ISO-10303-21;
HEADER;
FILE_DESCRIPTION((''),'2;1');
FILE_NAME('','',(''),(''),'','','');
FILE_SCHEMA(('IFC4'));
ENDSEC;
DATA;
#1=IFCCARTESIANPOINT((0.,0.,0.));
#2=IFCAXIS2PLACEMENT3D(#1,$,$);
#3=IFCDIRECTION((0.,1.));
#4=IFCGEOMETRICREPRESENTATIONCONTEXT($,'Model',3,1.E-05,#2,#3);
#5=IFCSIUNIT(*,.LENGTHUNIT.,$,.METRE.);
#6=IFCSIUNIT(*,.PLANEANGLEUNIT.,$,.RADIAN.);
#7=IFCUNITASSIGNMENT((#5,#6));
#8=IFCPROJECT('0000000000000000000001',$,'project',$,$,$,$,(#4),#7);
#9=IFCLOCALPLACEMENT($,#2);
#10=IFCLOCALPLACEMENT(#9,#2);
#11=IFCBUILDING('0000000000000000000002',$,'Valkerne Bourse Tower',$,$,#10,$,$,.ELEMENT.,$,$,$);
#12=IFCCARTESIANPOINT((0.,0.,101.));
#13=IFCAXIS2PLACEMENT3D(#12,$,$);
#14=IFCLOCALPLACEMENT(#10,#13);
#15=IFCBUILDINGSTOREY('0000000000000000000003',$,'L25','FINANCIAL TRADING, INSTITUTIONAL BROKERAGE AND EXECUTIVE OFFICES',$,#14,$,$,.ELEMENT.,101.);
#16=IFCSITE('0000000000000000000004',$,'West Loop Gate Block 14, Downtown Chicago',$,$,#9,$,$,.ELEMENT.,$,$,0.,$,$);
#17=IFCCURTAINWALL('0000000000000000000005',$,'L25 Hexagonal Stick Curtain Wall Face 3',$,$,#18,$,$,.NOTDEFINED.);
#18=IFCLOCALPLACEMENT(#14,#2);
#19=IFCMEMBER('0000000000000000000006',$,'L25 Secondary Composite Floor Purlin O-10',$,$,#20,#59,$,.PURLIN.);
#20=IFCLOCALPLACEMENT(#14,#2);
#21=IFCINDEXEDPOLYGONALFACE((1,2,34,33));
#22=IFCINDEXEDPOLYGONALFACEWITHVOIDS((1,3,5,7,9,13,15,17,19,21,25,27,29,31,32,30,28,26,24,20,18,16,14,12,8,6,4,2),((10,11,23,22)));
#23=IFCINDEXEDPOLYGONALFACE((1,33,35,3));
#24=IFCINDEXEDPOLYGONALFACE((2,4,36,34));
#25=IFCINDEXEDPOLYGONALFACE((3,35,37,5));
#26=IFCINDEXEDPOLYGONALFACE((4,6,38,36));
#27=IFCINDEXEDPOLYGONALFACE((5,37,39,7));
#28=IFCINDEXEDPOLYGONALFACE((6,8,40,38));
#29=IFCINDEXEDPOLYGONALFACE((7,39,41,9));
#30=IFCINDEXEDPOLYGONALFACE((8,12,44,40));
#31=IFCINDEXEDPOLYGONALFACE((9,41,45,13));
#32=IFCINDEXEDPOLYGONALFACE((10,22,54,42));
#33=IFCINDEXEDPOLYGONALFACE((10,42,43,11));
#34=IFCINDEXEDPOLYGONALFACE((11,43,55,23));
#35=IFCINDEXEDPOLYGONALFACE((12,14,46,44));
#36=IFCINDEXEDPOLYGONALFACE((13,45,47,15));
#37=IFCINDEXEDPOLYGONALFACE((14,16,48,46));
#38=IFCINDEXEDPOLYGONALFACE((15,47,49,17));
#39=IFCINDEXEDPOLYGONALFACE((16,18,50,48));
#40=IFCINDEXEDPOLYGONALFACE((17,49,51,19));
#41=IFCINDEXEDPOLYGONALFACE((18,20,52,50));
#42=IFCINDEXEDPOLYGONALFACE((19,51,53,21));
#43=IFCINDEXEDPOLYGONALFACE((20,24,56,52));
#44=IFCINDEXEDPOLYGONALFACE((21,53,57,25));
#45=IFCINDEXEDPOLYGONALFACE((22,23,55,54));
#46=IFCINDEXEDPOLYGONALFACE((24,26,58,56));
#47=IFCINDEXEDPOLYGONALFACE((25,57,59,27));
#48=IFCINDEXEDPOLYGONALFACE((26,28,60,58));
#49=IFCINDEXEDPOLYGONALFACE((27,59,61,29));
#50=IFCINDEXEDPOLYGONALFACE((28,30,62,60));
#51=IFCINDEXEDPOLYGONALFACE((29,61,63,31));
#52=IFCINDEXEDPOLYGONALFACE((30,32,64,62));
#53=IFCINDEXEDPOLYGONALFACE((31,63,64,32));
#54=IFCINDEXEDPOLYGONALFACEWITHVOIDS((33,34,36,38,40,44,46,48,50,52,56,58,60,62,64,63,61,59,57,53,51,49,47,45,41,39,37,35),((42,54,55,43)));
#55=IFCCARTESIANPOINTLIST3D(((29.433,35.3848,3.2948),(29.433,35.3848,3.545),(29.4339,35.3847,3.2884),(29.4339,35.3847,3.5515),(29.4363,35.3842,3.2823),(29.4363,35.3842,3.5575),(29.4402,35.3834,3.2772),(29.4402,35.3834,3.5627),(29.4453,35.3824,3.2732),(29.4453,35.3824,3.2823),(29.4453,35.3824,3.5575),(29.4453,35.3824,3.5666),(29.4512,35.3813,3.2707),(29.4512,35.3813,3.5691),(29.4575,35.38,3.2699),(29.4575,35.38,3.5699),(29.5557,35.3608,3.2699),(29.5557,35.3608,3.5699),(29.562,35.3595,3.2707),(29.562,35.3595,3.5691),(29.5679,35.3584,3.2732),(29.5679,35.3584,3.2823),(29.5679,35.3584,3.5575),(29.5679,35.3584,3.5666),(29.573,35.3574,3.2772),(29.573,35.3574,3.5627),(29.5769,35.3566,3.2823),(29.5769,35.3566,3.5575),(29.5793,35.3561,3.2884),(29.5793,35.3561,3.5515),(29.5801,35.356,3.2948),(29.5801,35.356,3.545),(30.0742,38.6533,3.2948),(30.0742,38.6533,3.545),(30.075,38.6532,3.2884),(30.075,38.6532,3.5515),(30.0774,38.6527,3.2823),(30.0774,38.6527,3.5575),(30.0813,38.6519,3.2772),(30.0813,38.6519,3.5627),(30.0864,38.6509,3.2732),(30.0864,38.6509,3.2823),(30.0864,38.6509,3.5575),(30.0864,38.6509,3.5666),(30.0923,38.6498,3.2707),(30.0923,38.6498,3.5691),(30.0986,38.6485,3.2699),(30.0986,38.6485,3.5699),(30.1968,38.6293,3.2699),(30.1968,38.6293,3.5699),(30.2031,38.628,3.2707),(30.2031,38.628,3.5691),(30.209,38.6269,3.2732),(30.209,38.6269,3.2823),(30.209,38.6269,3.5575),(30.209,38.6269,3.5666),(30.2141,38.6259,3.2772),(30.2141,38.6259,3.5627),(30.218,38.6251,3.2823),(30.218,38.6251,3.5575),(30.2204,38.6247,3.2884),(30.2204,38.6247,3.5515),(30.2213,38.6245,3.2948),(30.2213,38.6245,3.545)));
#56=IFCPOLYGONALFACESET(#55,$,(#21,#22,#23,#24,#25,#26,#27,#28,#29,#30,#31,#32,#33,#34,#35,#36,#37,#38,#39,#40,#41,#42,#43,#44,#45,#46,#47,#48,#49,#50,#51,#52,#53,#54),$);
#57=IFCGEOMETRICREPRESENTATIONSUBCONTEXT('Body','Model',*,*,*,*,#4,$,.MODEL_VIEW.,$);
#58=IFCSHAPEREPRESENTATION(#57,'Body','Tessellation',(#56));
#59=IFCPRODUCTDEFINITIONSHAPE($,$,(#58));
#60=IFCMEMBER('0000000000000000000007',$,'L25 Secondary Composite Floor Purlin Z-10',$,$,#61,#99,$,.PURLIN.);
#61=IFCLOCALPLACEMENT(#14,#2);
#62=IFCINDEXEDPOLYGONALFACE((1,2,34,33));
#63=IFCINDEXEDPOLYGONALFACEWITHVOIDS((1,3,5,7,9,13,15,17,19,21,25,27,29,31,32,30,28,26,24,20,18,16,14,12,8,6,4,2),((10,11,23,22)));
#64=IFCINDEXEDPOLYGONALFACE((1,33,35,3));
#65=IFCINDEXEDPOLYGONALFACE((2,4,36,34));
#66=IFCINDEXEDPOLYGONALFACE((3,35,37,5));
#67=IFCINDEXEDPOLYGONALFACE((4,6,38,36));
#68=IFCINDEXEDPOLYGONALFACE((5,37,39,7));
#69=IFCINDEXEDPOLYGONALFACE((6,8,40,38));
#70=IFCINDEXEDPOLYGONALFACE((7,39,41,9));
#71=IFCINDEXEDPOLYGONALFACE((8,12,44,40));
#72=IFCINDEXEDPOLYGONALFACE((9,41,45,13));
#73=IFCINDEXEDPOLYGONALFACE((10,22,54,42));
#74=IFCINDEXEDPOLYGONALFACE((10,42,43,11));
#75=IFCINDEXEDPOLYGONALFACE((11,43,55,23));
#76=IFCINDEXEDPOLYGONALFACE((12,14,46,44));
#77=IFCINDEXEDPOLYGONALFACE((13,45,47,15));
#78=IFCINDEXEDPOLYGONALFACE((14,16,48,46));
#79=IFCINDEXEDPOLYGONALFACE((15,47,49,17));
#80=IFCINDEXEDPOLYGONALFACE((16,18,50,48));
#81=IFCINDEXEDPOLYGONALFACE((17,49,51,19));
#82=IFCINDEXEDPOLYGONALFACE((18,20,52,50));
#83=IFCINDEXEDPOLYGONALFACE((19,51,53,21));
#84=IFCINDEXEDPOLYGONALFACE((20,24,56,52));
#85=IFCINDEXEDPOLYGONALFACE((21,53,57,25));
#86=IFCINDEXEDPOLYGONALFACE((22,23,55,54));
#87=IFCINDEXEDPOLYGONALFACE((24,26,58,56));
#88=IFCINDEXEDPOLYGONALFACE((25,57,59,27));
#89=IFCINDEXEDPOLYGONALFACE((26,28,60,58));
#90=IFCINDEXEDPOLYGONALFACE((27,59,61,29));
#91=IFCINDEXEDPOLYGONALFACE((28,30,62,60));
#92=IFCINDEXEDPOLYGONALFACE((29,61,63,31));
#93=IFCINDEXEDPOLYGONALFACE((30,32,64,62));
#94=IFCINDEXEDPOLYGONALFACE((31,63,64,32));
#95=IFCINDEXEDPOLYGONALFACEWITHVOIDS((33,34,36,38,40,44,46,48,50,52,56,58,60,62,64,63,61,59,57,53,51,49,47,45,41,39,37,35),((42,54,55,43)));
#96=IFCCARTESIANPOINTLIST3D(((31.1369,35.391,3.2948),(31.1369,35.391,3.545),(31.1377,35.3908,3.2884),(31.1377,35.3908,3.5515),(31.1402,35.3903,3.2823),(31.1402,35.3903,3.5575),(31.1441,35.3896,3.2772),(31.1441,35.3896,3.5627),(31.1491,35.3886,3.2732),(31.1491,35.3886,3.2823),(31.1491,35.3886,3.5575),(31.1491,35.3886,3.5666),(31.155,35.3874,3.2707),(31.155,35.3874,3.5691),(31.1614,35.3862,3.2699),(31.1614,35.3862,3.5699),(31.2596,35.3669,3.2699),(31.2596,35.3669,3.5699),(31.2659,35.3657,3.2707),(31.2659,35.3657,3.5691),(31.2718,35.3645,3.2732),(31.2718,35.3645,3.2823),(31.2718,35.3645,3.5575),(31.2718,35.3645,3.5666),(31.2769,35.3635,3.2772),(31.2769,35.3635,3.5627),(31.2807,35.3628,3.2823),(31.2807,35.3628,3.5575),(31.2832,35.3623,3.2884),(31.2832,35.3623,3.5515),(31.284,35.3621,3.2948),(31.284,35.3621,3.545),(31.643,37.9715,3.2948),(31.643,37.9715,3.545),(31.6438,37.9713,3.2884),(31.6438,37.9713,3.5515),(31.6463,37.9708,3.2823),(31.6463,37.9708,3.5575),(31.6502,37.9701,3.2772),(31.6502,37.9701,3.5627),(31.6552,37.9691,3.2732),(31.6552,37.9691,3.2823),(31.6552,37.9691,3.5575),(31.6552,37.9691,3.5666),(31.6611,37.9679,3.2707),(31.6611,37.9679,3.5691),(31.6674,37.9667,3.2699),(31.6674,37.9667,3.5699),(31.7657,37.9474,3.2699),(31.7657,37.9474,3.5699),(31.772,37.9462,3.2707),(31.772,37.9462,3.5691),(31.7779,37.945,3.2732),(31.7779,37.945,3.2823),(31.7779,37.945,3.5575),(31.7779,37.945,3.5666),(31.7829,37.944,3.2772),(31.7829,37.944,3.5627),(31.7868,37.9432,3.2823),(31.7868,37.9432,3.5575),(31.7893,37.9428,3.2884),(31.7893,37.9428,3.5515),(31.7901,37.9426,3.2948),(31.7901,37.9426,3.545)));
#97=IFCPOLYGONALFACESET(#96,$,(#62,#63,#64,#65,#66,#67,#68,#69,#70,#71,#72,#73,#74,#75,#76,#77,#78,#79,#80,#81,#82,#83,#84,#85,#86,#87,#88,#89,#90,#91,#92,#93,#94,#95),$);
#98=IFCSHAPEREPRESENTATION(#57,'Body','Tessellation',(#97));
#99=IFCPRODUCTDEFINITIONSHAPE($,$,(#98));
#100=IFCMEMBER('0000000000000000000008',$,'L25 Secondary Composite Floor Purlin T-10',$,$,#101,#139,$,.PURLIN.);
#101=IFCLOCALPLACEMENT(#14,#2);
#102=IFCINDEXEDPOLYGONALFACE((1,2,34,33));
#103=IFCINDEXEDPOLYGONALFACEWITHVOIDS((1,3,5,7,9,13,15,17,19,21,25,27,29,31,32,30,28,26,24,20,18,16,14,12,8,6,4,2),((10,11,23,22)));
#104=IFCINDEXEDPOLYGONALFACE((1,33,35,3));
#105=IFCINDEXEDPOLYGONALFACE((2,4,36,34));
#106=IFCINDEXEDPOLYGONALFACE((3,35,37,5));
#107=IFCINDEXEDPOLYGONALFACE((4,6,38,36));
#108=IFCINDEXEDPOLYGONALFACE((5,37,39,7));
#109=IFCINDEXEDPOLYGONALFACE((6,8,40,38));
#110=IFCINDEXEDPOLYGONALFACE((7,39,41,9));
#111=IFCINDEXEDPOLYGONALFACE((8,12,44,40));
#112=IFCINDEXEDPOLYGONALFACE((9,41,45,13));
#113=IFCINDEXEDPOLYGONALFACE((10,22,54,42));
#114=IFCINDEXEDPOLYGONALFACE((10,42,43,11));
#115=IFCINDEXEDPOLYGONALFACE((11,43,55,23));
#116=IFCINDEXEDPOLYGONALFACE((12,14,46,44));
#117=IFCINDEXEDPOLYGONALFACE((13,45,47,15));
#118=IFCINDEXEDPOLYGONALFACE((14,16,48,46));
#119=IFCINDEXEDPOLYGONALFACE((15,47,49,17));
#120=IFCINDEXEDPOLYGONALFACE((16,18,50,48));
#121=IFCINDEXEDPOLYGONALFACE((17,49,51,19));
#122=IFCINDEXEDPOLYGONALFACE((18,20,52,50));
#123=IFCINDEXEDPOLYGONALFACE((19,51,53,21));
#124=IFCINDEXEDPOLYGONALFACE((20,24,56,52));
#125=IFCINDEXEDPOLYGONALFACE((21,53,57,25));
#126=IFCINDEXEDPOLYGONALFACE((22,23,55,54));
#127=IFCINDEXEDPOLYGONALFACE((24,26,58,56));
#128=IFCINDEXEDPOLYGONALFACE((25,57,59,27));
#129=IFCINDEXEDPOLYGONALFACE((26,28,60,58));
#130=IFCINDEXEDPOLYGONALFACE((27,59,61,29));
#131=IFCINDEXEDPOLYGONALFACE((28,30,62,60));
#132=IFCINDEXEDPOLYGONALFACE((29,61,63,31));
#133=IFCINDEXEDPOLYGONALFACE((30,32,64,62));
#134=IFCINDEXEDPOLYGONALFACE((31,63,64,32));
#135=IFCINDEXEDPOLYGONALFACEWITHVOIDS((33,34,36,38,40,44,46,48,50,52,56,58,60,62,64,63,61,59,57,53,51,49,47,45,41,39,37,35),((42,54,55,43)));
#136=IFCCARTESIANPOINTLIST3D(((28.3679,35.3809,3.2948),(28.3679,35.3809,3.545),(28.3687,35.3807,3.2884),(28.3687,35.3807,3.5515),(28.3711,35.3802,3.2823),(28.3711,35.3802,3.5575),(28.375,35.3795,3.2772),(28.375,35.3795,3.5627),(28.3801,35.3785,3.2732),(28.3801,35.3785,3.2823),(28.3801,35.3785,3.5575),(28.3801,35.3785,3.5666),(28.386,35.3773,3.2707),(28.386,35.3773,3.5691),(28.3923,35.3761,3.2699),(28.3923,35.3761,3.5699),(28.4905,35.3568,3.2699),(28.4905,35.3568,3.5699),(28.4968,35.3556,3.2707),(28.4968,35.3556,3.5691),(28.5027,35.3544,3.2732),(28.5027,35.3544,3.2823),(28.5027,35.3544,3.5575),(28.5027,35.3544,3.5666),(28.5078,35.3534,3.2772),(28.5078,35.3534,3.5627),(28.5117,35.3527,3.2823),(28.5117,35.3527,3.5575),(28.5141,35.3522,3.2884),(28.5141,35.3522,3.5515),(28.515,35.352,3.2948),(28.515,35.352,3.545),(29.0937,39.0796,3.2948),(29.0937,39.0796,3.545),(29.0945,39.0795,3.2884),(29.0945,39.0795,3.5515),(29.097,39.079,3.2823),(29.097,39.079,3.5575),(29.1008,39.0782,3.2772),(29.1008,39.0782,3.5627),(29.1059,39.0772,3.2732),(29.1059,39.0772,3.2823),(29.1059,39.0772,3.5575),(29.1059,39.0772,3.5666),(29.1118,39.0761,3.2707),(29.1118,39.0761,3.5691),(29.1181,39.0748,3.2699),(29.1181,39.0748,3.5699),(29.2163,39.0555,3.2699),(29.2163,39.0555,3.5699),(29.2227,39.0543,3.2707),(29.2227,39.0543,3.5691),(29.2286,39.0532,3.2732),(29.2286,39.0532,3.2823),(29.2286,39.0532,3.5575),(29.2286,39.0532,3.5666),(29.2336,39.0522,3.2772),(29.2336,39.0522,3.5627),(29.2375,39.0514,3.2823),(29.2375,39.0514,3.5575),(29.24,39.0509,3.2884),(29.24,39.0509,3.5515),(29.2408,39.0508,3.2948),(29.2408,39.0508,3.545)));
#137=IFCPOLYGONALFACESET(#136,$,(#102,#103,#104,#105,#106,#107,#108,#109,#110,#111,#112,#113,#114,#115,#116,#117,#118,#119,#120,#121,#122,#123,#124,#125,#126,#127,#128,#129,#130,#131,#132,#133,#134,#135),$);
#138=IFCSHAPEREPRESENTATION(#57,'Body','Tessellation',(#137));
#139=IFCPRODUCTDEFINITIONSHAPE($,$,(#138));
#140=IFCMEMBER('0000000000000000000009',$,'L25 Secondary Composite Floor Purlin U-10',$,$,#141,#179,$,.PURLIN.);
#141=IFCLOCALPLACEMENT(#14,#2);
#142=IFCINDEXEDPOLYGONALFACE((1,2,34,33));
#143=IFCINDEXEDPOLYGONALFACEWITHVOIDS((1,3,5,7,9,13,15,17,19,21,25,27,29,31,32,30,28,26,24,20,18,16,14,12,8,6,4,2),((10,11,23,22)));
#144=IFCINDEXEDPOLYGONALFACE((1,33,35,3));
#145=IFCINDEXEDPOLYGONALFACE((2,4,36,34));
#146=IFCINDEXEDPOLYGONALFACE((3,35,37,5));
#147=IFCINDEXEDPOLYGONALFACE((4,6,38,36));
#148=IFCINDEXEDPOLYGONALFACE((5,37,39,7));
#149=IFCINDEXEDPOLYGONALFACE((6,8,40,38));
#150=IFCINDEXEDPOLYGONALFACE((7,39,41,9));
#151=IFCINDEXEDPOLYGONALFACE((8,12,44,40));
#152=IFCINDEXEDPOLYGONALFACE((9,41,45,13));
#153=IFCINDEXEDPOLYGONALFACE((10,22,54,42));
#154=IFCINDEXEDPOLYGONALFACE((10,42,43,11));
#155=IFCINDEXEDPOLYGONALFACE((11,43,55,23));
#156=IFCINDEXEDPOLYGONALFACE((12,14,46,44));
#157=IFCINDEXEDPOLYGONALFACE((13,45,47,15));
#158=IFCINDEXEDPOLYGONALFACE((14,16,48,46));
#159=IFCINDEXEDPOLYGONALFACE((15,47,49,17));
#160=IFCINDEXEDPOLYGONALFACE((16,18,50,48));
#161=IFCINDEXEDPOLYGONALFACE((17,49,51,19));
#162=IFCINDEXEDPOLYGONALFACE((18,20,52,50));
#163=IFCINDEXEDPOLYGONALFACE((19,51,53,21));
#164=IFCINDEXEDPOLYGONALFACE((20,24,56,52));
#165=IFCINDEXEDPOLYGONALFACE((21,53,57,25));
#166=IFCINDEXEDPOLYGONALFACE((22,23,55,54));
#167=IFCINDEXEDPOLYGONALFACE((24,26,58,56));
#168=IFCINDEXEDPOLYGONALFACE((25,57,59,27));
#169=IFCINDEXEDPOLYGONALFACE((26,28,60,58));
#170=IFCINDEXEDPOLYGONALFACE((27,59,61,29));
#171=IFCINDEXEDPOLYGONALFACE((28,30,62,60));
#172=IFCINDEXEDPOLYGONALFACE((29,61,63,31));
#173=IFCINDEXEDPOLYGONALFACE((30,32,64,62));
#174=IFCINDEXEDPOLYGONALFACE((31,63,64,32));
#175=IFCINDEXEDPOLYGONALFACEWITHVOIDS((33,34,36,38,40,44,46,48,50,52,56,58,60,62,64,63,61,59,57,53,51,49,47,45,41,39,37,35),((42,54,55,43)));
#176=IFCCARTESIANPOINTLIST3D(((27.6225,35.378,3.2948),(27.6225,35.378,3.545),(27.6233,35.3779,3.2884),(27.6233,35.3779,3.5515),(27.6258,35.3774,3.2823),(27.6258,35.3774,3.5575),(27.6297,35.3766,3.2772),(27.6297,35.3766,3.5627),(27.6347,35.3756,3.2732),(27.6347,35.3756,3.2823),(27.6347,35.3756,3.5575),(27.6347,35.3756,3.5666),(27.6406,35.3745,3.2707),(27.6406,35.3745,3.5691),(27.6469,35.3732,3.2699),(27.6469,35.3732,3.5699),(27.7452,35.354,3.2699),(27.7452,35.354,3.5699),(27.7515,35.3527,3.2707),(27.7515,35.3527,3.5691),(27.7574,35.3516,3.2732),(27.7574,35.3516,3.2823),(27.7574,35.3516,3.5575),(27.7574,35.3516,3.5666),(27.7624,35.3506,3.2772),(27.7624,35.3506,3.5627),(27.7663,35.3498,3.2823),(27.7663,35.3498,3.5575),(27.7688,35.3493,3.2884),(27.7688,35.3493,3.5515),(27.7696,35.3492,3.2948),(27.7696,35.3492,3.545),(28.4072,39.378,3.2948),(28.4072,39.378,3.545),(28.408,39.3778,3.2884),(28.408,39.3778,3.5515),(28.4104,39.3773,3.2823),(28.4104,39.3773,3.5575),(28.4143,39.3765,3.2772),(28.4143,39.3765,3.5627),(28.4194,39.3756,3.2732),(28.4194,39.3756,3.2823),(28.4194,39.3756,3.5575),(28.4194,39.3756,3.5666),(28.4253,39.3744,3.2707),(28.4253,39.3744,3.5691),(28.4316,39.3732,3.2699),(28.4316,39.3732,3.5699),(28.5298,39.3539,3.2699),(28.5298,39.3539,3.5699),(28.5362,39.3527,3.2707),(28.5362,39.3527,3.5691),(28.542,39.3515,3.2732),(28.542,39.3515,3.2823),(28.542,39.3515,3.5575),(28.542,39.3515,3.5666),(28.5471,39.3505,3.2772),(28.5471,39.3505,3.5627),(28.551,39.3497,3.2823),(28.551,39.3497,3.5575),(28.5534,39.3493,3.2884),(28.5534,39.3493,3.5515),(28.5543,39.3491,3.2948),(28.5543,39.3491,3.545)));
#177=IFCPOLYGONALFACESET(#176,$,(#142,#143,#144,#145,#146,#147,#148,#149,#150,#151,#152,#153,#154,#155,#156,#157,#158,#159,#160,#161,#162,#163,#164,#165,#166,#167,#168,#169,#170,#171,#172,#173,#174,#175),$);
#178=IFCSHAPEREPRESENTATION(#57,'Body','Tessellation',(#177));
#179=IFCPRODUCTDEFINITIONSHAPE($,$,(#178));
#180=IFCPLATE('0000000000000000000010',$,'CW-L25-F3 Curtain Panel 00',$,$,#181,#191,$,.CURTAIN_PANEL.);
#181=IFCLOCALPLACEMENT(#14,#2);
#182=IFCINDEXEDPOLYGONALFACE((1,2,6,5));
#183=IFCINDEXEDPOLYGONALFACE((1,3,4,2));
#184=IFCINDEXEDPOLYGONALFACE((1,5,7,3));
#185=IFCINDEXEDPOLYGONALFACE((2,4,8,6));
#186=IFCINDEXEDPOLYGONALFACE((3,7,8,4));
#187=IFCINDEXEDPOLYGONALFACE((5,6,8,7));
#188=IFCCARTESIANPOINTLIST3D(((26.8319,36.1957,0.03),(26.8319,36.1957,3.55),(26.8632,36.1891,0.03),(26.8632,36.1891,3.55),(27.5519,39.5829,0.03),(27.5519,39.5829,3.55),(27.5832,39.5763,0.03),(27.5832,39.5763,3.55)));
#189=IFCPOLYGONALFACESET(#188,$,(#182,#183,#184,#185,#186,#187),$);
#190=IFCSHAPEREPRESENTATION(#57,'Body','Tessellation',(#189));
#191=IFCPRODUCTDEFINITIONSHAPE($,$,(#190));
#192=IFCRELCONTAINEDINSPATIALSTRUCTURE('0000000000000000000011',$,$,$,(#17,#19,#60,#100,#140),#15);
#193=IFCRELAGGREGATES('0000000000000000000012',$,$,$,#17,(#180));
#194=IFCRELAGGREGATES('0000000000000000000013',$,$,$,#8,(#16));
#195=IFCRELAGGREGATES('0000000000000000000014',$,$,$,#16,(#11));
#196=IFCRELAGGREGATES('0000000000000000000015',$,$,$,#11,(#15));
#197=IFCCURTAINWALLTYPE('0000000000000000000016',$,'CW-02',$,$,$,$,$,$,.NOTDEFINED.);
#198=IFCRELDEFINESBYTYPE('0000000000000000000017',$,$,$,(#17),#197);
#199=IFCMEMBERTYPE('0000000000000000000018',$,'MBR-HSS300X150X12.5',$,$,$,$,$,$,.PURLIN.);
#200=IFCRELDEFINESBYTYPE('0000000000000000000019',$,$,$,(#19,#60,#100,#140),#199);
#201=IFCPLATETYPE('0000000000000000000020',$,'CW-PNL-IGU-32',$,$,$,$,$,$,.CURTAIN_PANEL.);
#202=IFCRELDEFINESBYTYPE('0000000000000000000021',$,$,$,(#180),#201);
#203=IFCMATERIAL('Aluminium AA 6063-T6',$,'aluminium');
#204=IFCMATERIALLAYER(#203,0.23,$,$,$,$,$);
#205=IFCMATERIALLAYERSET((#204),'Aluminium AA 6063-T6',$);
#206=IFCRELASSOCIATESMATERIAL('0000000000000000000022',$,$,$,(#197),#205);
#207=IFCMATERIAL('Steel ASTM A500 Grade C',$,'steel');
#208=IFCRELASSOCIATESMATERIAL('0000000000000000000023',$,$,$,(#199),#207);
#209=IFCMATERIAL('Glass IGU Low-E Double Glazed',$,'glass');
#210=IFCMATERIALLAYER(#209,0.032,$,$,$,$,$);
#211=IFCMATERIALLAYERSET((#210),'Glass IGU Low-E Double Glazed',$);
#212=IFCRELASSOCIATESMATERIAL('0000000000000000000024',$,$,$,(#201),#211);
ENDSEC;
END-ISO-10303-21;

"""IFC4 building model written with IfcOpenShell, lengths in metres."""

from ifc_helpers import new_model, si_unit, direction, frame, origin, origin_2d, place, context, subcontext, project, spatial, rectangle, hollow_rectangle, extrude, material, layer, layer_set, material_profile, profile_set, type_object, element, aggregate, save


model = new_model("IFC4")

# Units and contexts
model_context = context("Model", 3, precision=1e-05, world=origin(), true_north=direction((0.0, 1.0)))
body_context = subcontext(model_context, "Body", "Model", "MODEL_VIEW")
ifc_project = project(units=[si_unit("LENGTHUNIT", "METRE"), si_unit("PLANEANGLEUNIT", "RADIAN")], contexts=[model_context])

# Site, building, storey
site_placement = place(None, origin())
site = spatial("IfcSite", under=ifc_project, at=site_placement, Name="West Loop Gate Block 14, Downtown Chicago", CompositionType="ELEMENT", RefElevation=0.0)
building_placement = place(site_placement, origin())
building = spatial("IfcBuilding", under=site, at=building_placement, Name="Valkerne Bourse Tower", CompositionType="ELEMENT")
storey_placement = place(building_placement, frame((0.0, 0.0, 101.0)))
storey = spatial("IfcBuildingStorey", under=building, at=storey_placement, Name="L25", Description="FINANCIAL TRADING, INSTITUTIONAL BROKERAGE AND EXECUTIVE OFFICES", CompositionType="ELEMENT", Elevation=101.0)

# Curtain wall
ifc_material_1 = material(Name="Aluminium AA 6063-T6", Category="aluminium")
ifc_layer_1 = layer(ifc_material_1, 0.23)
ifc_layer_set_1 = layer_set([ifc_layer_1], Name="Aluminium AA 6063-T6")
curtain_wall_type = type_object("IfcCurtainWallType", Name="CW-02", PredefinedType="NOTDEFINED", material=ifc_layer_set_1)
curtain_wall_placement = place(storey_placement, origin())
curtain_wall = element("IfcCurtainWall", 1, at=curtain_wall_placement, inside=storey, type_object=curtain_wall_type, Name="L25 Hexagonal Stick Curtain Wall Face 3", PredefinedType="NOTDEFINED")

# Members
ifc_material_2 = material(Name="Steel ASTM A500 Grade C", Category="steel")
ifc_material_profile_1 = material_profile(ifc_material_2, hollow_rectangle(XDim=0.1499, YDim=0.3, WallThickness=0.0125, OuterFilletRadius=0.0249, at=origin_2d()), Name="HSS300X150X12.5")
ifc_profile_set_1 = profile_set([ifc_material_profile_1], Name="Steel ASTM A500 Grade C")
member_type_1 = type_object("IfcMemberType", Name="MBR-HSS300X150X12.5", PredefinedType="PURLIN", material=ifc_profile_set_1)
member_1_placement = place(storey_placement, frame((30.1477, 38.6389, 3.4199), z_axis=(-0.192478, -0.981301, 0.0), x_axis=(0.981301, -0.192478, 0.0)))
element("IfcMember", 2, at=member_1_placement, inside=storey, type_object=member_type_1, Name="L25 Secondary Composite Floor Purlin O-10", PredefinedType="PURLIN", context=body_context, shape_type="SweptSolid", body=[
    extrude(hollow_rectangle(XDim=0.1499, YDim=0.3, WallThickness=0.0125, OuterFilletRadius=0.0249, at=origin_2d()), origin(), (0.0, 0.0, 1.0), 3.3308),
])
member_2_placement = place(storey_placement, frame((31.7166, 37.957, 3.4199), z_axis=(-0.192455, -0.981306, 0.0), x_axis=(0.981306, -0.192455, 0.0)))
element("IfcMember", 3, at=member_2_placement, inside=storey, type_object=member_type_1, Name="L25 Secondary Composite Floor Purlin Z-10", PredefinedType="PURLIN", context=body_context, shape_type="SweptSolid", body=[
    extrude(hollow_rectangle(XDim=0.1499, YDim=0.3, WallThickness=0.0125, OuterFilletRadius=0.0249, at=origin_2d()), origin(), (0.0, 0.0, 1.0), 2.6296),
])
member_3_placement = place(storey_placement, frame((29.1672, 39.0652, 3.4199), z_axis=(-0.192565, -0.981284, 0.0), x_axis=(0.981284, -0.192565, 0.0)))
element("IfcMember", 4, at=member_3_placement, inside=storey, type_object=member_type_1, Name="L25 Secondary Composite Floor Purlin T-10", PredefinedType="PURLIN", context=body_context, shape_type="SweptSolid", body=[
    extrude(hollow_rectangle(XDim=0.1499, YDim=0.3, WallThickness=0.0125, OuterFilletRadius=0.0249, at=origin_2d()), origin(), (0.0, 0.0, 1.0), 3.7693),
])
member_4_placement = place(storey_placement, frame((28.4807, 39.3635, 3.4199), z_axis=(-0.192498, -0.981297, 0.0), x_axis=(0.981297, -0.192498, 0.0)))
element("IfcMember", 5, at=member_4_placement, inside=storey, type_object=member_type_1, Name="L25 Secondary Composite Floor Purlin U-10", PredefinedType="PURLIN", context=body_context, shape_type="SweptSolid", body=[
    extrude(hollow_rectangle(XDim=0.1499, YDim=0.3, WallThickness=0.0125, OuterFilletRadius=0.0249, at=origin_2d()), origin(), (0.0, 0.0, 1.0), 4.0762),
])

# Plate
ifc_material_3 = material(Name="Glass IGU Low-E Double Glazed", Category="glass")
ifc_layer_2 = layer(ifc_material_3, 0.032)
ifc_layer_set_2 = layer_set([ifc_layer_2], Name="Glass IGU Low-E Double Glazed")
plate_type = type_object("IfcPlateType", Name="CW-PNL-IGU-32", PredefinedType="CURTAIN_PANEL", material=ifc_layer_set_2)
plate_1_placement = place(storey_placement, frame((27.2075, 37.886, 0.03), z_axis=(0.0, 0.0, 1.0), x_axis=(-0.207918, -0.978146, 0.0)))
plate_1 = element("IfcPlate", 6, at=plate_1_placement, type_object=plate_type, Name="CW-L25-F3 Curtain Panel 00", PredefinedType="CURTAIN_PANEL", context=body_context, shape_type="SweptSolid", body=[
    extrude(rectangle(XDim=3.4629, YDim=0.032, at=origin_2d()), origin(), (0.0, 0.0, 1.0), 3.52),
])
aggregate(curtain_wall, [plate_1])

save(model, "model.ifc")
